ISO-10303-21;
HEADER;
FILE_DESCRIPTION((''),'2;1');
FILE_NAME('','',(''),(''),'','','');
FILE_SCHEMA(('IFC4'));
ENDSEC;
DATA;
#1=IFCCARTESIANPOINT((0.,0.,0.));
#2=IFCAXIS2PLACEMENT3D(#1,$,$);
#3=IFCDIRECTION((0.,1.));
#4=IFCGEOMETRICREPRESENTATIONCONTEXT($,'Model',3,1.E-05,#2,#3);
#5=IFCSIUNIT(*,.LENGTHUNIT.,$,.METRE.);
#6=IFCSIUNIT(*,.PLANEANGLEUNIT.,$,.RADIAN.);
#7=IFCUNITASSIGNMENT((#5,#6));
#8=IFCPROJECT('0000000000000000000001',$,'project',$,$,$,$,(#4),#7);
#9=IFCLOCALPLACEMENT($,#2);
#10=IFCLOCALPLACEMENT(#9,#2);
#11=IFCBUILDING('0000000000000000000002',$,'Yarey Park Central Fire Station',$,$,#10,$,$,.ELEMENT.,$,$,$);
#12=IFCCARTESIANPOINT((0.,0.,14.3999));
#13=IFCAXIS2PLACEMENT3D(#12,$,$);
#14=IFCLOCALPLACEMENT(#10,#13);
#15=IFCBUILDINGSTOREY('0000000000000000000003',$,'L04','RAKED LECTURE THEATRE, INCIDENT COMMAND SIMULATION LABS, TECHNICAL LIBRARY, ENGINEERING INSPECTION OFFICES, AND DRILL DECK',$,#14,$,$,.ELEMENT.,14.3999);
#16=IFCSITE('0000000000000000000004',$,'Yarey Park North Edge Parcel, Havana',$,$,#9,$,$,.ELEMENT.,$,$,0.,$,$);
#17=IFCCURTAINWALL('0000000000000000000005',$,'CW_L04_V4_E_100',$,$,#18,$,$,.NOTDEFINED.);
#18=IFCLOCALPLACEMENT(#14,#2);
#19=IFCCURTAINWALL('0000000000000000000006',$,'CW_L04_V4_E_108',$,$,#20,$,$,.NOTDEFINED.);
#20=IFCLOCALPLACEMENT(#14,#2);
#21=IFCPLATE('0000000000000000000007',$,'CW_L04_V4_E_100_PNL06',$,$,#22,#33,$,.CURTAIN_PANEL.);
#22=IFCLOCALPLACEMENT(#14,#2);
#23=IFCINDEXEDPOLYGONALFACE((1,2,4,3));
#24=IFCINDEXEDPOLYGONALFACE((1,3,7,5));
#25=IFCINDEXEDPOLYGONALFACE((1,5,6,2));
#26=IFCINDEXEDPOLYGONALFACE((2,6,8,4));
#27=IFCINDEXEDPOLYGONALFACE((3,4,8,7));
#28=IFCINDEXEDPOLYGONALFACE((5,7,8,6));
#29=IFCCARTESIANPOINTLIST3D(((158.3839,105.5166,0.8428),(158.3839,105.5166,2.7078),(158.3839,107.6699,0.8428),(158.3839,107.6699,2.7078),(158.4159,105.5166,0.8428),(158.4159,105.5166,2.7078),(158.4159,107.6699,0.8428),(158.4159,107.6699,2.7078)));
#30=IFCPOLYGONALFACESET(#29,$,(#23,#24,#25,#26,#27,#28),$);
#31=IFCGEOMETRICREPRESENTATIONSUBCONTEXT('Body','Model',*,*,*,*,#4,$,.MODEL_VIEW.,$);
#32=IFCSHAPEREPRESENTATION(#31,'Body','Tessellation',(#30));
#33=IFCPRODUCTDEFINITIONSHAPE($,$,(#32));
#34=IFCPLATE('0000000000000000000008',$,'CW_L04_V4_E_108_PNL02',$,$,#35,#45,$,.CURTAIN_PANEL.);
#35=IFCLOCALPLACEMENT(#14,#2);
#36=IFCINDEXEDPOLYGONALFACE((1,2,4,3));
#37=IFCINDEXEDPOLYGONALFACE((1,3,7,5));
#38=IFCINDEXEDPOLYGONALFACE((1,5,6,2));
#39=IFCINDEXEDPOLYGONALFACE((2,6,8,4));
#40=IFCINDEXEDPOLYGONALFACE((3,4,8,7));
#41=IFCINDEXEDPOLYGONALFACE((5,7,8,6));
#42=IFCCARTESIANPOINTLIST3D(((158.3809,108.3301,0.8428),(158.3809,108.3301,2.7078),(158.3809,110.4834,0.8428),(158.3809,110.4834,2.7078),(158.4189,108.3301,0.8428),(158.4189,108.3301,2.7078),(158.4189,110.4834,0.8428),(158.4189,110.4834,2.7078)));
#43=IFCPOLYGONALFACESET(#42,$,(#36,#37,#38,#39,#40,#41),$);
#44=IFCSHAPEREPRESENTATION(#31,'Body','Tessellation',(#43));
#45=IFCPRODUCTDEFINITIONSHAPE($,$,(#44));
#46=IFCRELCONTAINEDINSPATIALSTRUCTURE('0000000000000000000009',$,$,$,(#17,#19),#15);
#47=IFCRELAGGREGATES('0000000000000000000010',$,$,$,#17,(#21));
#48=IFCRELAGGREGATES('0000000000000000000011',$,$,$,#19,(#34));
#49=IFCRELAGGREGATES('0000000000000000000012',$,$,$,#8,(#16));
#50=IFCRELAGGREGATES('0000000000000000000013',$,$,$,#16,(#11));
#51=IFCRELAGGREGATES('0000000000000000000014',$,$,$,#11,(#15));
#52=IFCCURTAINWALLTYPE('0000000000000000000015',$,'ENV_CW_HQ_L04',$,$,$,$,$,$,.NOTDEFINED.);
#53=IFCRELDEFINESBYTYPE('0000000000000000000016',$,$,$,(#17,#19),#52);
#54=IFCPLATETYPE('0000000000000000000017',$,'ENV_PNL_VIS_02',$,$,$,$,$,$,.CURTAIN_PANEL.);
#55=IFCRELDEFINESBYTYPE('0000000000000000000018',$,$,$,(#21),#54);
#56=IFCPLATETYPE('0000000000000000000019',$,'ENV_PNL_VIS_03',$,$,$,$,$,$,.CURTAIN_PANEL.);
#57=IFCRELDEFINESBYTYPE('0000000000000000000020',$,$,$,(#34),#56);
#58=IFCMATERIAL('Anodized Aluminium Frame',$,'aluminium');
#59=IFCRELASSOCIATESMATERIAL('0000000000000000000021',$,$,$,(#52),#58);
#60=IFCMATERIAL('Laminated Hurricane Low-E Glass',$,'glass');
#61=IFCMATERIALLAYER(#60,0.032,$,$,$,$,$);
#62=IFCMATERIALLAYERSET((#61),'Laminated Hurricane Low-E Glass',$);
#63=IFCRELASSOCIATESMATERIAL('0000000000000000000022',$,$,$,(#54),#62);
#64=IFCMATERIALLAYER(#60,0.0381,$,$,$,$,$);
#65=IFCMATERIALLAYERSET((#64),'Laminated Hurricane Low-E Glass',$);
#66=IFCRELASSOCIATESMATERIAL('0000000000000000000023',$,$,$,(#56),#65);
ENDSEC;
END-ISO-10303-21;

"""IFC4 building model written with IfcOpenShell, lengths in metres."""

from ifc_helpers import new_model, si_unit, direction, frame, origin, origin_2d, place, context, subcontext, project, spatial, rectangle, extrude, material, layer, layer_set, type_object, element, aggregate, save


model = new_model("IFC4")

# Units and contexts
model_context = context("Model", 3, precision=1e-05, world=origin(), true_north=direction((0.0, 1.0)))
body_context = subcontext(model_context, "Body", "Model", "MODEL_VIEW")
ifc_project = project(units=[si_unit("LENGTHUNIT", "METRE"), si_unit("PLANEANGLEUNIT", "RADIAN")], contexts=[model_context])

# Site, building, storey
site_placement = place(None, origin())
site = spatial("IfcSite", under=ifc_project, at=site_placement, Name="Yarey Park North Edge Parcel, Havana", CompositionType="ELEMENT", RefElevation=0.0)
building_placement = place(site_placement, origin())
building = spatial("IfcBuilding", under=site, at=building_placement, Name="Yarey Park Central Fire Station", CompositionType="ELEMENT")
storey_placement = place(building_placement, frame((0.0, 0.0, 14.3999)))
storey = spatial("IfcBuildingStorey", under=building, at=storey_placement, Name="L04", Description="RAKED LECTURE THEATRE, INCIDENT COMMAND SIMULATION LABS, TECHNICAL LIBRARY, ENGINEERING INSPECTION OFFICES, AND DRILL DECK", CompositionType="ELEMENT", Elevation=14.3999)

# Curtain walls
ifc_material_1 = material(Name="Anodized Aluminium Frame", Category="aluminium")
curtain_wall_type = type_object("IfcCurtainWallType", Name="ENV_CW_HQ_L04", PredefinedType="NOTDEFINED", material=ifc_material_1)
curtain_wall_1_placement = place(storey_placement, origin())
curtain_wall_1 = element("IfcCurtainWall", 1, at=curtain_wall_1_placement, inside=storey, type_object=curtain_wall_type, Name="CW_L04_V4_E_100", PredefinedType="NOTDEFINED")
curtain_wall_2_placement = place(storey_placement, origin())
curtain_wall_2 = element("IfcCurtainWall", 2, at=curtain_wall_2_placement, inside=storey, type_object=curtain_wall_type, Name="CW_L04_V4_E_108", PredefinedType="NOTDEFINED")

# Plates
ifc_material_2 = material(Name="Laminated Hurricane Low-E Glass", Category="glass")
ifc_layer_1 = layer(ifc_material_2, 0.032)
ifc_layer_set_1 = layer_set([ifc_layer_1], Name="Laminated Hurricane Low-E Glass")
plate_type_1 = type_object("IfcPlateType", Name="ENV_PNL_VIS_02", PredefinedType="CURTAIN_PANEL", material=ifc_layer_set_1)
plate_1_placement = place(storey_placement, frame((158.3999, 106.5933, 0.8428), z_axis=(0.0, 0.0, 1.0), x_axis=(0.0, 1.0, 0.0)))
plate_1 = element("IfcPlate", 3, at=plate_1_placement, type_object=plate_type_1, Name="CW_L04_V4_E_100_PNL06", PredefinedType="CURTAIN_PANEL", context=body_context, shape_type="SweptSolid", body=[
    extrude(rectangle(XDim=2.1533, YDim=0.032, at=origin_2d()), origin(), (0.0, 0.0, 1.0), 1.865),
])
aggregate(curtain_wall_1, [plate_1])
ifc_layer_2 = layer(ifc_material_2, 0.0381)
ifc_layer_set_2 = layer_set([ifc_layer_2], Name="Laminated Hurricane Low-E Glass")
plate_type_2 = type_object("IfcPlateType", Name="ENV_PNL_VIS_03", PredefinedType="CURTAIN_PANEL", material=ifc_layer_set_2)
plate_2_placement = place(storey_placement, frame((158.3999, 109.4067, 0.8428), z_axis=(0.0, 0.0, 1.0), x_axis=(0.0, 1.0, 0.0)))
plate_2 = element("IfcPlate", 4, at=plate_2_placement, type_object=plate_type_2, Name="CW_L04_V4_E_108_PNL02", PredefinedType="CURTAIN_PANEL", context=body_context, shape_type="SweptSolid", body=[
    extrude(rectangle(XDim=2.1533, YDim=0.0381, at=origin_2d()), origin(), (0.0, 0.0, 1.0), 1.865),
])
aggregate(curtain_wall_2, [plate_2])

save(model, "model.ifc")
